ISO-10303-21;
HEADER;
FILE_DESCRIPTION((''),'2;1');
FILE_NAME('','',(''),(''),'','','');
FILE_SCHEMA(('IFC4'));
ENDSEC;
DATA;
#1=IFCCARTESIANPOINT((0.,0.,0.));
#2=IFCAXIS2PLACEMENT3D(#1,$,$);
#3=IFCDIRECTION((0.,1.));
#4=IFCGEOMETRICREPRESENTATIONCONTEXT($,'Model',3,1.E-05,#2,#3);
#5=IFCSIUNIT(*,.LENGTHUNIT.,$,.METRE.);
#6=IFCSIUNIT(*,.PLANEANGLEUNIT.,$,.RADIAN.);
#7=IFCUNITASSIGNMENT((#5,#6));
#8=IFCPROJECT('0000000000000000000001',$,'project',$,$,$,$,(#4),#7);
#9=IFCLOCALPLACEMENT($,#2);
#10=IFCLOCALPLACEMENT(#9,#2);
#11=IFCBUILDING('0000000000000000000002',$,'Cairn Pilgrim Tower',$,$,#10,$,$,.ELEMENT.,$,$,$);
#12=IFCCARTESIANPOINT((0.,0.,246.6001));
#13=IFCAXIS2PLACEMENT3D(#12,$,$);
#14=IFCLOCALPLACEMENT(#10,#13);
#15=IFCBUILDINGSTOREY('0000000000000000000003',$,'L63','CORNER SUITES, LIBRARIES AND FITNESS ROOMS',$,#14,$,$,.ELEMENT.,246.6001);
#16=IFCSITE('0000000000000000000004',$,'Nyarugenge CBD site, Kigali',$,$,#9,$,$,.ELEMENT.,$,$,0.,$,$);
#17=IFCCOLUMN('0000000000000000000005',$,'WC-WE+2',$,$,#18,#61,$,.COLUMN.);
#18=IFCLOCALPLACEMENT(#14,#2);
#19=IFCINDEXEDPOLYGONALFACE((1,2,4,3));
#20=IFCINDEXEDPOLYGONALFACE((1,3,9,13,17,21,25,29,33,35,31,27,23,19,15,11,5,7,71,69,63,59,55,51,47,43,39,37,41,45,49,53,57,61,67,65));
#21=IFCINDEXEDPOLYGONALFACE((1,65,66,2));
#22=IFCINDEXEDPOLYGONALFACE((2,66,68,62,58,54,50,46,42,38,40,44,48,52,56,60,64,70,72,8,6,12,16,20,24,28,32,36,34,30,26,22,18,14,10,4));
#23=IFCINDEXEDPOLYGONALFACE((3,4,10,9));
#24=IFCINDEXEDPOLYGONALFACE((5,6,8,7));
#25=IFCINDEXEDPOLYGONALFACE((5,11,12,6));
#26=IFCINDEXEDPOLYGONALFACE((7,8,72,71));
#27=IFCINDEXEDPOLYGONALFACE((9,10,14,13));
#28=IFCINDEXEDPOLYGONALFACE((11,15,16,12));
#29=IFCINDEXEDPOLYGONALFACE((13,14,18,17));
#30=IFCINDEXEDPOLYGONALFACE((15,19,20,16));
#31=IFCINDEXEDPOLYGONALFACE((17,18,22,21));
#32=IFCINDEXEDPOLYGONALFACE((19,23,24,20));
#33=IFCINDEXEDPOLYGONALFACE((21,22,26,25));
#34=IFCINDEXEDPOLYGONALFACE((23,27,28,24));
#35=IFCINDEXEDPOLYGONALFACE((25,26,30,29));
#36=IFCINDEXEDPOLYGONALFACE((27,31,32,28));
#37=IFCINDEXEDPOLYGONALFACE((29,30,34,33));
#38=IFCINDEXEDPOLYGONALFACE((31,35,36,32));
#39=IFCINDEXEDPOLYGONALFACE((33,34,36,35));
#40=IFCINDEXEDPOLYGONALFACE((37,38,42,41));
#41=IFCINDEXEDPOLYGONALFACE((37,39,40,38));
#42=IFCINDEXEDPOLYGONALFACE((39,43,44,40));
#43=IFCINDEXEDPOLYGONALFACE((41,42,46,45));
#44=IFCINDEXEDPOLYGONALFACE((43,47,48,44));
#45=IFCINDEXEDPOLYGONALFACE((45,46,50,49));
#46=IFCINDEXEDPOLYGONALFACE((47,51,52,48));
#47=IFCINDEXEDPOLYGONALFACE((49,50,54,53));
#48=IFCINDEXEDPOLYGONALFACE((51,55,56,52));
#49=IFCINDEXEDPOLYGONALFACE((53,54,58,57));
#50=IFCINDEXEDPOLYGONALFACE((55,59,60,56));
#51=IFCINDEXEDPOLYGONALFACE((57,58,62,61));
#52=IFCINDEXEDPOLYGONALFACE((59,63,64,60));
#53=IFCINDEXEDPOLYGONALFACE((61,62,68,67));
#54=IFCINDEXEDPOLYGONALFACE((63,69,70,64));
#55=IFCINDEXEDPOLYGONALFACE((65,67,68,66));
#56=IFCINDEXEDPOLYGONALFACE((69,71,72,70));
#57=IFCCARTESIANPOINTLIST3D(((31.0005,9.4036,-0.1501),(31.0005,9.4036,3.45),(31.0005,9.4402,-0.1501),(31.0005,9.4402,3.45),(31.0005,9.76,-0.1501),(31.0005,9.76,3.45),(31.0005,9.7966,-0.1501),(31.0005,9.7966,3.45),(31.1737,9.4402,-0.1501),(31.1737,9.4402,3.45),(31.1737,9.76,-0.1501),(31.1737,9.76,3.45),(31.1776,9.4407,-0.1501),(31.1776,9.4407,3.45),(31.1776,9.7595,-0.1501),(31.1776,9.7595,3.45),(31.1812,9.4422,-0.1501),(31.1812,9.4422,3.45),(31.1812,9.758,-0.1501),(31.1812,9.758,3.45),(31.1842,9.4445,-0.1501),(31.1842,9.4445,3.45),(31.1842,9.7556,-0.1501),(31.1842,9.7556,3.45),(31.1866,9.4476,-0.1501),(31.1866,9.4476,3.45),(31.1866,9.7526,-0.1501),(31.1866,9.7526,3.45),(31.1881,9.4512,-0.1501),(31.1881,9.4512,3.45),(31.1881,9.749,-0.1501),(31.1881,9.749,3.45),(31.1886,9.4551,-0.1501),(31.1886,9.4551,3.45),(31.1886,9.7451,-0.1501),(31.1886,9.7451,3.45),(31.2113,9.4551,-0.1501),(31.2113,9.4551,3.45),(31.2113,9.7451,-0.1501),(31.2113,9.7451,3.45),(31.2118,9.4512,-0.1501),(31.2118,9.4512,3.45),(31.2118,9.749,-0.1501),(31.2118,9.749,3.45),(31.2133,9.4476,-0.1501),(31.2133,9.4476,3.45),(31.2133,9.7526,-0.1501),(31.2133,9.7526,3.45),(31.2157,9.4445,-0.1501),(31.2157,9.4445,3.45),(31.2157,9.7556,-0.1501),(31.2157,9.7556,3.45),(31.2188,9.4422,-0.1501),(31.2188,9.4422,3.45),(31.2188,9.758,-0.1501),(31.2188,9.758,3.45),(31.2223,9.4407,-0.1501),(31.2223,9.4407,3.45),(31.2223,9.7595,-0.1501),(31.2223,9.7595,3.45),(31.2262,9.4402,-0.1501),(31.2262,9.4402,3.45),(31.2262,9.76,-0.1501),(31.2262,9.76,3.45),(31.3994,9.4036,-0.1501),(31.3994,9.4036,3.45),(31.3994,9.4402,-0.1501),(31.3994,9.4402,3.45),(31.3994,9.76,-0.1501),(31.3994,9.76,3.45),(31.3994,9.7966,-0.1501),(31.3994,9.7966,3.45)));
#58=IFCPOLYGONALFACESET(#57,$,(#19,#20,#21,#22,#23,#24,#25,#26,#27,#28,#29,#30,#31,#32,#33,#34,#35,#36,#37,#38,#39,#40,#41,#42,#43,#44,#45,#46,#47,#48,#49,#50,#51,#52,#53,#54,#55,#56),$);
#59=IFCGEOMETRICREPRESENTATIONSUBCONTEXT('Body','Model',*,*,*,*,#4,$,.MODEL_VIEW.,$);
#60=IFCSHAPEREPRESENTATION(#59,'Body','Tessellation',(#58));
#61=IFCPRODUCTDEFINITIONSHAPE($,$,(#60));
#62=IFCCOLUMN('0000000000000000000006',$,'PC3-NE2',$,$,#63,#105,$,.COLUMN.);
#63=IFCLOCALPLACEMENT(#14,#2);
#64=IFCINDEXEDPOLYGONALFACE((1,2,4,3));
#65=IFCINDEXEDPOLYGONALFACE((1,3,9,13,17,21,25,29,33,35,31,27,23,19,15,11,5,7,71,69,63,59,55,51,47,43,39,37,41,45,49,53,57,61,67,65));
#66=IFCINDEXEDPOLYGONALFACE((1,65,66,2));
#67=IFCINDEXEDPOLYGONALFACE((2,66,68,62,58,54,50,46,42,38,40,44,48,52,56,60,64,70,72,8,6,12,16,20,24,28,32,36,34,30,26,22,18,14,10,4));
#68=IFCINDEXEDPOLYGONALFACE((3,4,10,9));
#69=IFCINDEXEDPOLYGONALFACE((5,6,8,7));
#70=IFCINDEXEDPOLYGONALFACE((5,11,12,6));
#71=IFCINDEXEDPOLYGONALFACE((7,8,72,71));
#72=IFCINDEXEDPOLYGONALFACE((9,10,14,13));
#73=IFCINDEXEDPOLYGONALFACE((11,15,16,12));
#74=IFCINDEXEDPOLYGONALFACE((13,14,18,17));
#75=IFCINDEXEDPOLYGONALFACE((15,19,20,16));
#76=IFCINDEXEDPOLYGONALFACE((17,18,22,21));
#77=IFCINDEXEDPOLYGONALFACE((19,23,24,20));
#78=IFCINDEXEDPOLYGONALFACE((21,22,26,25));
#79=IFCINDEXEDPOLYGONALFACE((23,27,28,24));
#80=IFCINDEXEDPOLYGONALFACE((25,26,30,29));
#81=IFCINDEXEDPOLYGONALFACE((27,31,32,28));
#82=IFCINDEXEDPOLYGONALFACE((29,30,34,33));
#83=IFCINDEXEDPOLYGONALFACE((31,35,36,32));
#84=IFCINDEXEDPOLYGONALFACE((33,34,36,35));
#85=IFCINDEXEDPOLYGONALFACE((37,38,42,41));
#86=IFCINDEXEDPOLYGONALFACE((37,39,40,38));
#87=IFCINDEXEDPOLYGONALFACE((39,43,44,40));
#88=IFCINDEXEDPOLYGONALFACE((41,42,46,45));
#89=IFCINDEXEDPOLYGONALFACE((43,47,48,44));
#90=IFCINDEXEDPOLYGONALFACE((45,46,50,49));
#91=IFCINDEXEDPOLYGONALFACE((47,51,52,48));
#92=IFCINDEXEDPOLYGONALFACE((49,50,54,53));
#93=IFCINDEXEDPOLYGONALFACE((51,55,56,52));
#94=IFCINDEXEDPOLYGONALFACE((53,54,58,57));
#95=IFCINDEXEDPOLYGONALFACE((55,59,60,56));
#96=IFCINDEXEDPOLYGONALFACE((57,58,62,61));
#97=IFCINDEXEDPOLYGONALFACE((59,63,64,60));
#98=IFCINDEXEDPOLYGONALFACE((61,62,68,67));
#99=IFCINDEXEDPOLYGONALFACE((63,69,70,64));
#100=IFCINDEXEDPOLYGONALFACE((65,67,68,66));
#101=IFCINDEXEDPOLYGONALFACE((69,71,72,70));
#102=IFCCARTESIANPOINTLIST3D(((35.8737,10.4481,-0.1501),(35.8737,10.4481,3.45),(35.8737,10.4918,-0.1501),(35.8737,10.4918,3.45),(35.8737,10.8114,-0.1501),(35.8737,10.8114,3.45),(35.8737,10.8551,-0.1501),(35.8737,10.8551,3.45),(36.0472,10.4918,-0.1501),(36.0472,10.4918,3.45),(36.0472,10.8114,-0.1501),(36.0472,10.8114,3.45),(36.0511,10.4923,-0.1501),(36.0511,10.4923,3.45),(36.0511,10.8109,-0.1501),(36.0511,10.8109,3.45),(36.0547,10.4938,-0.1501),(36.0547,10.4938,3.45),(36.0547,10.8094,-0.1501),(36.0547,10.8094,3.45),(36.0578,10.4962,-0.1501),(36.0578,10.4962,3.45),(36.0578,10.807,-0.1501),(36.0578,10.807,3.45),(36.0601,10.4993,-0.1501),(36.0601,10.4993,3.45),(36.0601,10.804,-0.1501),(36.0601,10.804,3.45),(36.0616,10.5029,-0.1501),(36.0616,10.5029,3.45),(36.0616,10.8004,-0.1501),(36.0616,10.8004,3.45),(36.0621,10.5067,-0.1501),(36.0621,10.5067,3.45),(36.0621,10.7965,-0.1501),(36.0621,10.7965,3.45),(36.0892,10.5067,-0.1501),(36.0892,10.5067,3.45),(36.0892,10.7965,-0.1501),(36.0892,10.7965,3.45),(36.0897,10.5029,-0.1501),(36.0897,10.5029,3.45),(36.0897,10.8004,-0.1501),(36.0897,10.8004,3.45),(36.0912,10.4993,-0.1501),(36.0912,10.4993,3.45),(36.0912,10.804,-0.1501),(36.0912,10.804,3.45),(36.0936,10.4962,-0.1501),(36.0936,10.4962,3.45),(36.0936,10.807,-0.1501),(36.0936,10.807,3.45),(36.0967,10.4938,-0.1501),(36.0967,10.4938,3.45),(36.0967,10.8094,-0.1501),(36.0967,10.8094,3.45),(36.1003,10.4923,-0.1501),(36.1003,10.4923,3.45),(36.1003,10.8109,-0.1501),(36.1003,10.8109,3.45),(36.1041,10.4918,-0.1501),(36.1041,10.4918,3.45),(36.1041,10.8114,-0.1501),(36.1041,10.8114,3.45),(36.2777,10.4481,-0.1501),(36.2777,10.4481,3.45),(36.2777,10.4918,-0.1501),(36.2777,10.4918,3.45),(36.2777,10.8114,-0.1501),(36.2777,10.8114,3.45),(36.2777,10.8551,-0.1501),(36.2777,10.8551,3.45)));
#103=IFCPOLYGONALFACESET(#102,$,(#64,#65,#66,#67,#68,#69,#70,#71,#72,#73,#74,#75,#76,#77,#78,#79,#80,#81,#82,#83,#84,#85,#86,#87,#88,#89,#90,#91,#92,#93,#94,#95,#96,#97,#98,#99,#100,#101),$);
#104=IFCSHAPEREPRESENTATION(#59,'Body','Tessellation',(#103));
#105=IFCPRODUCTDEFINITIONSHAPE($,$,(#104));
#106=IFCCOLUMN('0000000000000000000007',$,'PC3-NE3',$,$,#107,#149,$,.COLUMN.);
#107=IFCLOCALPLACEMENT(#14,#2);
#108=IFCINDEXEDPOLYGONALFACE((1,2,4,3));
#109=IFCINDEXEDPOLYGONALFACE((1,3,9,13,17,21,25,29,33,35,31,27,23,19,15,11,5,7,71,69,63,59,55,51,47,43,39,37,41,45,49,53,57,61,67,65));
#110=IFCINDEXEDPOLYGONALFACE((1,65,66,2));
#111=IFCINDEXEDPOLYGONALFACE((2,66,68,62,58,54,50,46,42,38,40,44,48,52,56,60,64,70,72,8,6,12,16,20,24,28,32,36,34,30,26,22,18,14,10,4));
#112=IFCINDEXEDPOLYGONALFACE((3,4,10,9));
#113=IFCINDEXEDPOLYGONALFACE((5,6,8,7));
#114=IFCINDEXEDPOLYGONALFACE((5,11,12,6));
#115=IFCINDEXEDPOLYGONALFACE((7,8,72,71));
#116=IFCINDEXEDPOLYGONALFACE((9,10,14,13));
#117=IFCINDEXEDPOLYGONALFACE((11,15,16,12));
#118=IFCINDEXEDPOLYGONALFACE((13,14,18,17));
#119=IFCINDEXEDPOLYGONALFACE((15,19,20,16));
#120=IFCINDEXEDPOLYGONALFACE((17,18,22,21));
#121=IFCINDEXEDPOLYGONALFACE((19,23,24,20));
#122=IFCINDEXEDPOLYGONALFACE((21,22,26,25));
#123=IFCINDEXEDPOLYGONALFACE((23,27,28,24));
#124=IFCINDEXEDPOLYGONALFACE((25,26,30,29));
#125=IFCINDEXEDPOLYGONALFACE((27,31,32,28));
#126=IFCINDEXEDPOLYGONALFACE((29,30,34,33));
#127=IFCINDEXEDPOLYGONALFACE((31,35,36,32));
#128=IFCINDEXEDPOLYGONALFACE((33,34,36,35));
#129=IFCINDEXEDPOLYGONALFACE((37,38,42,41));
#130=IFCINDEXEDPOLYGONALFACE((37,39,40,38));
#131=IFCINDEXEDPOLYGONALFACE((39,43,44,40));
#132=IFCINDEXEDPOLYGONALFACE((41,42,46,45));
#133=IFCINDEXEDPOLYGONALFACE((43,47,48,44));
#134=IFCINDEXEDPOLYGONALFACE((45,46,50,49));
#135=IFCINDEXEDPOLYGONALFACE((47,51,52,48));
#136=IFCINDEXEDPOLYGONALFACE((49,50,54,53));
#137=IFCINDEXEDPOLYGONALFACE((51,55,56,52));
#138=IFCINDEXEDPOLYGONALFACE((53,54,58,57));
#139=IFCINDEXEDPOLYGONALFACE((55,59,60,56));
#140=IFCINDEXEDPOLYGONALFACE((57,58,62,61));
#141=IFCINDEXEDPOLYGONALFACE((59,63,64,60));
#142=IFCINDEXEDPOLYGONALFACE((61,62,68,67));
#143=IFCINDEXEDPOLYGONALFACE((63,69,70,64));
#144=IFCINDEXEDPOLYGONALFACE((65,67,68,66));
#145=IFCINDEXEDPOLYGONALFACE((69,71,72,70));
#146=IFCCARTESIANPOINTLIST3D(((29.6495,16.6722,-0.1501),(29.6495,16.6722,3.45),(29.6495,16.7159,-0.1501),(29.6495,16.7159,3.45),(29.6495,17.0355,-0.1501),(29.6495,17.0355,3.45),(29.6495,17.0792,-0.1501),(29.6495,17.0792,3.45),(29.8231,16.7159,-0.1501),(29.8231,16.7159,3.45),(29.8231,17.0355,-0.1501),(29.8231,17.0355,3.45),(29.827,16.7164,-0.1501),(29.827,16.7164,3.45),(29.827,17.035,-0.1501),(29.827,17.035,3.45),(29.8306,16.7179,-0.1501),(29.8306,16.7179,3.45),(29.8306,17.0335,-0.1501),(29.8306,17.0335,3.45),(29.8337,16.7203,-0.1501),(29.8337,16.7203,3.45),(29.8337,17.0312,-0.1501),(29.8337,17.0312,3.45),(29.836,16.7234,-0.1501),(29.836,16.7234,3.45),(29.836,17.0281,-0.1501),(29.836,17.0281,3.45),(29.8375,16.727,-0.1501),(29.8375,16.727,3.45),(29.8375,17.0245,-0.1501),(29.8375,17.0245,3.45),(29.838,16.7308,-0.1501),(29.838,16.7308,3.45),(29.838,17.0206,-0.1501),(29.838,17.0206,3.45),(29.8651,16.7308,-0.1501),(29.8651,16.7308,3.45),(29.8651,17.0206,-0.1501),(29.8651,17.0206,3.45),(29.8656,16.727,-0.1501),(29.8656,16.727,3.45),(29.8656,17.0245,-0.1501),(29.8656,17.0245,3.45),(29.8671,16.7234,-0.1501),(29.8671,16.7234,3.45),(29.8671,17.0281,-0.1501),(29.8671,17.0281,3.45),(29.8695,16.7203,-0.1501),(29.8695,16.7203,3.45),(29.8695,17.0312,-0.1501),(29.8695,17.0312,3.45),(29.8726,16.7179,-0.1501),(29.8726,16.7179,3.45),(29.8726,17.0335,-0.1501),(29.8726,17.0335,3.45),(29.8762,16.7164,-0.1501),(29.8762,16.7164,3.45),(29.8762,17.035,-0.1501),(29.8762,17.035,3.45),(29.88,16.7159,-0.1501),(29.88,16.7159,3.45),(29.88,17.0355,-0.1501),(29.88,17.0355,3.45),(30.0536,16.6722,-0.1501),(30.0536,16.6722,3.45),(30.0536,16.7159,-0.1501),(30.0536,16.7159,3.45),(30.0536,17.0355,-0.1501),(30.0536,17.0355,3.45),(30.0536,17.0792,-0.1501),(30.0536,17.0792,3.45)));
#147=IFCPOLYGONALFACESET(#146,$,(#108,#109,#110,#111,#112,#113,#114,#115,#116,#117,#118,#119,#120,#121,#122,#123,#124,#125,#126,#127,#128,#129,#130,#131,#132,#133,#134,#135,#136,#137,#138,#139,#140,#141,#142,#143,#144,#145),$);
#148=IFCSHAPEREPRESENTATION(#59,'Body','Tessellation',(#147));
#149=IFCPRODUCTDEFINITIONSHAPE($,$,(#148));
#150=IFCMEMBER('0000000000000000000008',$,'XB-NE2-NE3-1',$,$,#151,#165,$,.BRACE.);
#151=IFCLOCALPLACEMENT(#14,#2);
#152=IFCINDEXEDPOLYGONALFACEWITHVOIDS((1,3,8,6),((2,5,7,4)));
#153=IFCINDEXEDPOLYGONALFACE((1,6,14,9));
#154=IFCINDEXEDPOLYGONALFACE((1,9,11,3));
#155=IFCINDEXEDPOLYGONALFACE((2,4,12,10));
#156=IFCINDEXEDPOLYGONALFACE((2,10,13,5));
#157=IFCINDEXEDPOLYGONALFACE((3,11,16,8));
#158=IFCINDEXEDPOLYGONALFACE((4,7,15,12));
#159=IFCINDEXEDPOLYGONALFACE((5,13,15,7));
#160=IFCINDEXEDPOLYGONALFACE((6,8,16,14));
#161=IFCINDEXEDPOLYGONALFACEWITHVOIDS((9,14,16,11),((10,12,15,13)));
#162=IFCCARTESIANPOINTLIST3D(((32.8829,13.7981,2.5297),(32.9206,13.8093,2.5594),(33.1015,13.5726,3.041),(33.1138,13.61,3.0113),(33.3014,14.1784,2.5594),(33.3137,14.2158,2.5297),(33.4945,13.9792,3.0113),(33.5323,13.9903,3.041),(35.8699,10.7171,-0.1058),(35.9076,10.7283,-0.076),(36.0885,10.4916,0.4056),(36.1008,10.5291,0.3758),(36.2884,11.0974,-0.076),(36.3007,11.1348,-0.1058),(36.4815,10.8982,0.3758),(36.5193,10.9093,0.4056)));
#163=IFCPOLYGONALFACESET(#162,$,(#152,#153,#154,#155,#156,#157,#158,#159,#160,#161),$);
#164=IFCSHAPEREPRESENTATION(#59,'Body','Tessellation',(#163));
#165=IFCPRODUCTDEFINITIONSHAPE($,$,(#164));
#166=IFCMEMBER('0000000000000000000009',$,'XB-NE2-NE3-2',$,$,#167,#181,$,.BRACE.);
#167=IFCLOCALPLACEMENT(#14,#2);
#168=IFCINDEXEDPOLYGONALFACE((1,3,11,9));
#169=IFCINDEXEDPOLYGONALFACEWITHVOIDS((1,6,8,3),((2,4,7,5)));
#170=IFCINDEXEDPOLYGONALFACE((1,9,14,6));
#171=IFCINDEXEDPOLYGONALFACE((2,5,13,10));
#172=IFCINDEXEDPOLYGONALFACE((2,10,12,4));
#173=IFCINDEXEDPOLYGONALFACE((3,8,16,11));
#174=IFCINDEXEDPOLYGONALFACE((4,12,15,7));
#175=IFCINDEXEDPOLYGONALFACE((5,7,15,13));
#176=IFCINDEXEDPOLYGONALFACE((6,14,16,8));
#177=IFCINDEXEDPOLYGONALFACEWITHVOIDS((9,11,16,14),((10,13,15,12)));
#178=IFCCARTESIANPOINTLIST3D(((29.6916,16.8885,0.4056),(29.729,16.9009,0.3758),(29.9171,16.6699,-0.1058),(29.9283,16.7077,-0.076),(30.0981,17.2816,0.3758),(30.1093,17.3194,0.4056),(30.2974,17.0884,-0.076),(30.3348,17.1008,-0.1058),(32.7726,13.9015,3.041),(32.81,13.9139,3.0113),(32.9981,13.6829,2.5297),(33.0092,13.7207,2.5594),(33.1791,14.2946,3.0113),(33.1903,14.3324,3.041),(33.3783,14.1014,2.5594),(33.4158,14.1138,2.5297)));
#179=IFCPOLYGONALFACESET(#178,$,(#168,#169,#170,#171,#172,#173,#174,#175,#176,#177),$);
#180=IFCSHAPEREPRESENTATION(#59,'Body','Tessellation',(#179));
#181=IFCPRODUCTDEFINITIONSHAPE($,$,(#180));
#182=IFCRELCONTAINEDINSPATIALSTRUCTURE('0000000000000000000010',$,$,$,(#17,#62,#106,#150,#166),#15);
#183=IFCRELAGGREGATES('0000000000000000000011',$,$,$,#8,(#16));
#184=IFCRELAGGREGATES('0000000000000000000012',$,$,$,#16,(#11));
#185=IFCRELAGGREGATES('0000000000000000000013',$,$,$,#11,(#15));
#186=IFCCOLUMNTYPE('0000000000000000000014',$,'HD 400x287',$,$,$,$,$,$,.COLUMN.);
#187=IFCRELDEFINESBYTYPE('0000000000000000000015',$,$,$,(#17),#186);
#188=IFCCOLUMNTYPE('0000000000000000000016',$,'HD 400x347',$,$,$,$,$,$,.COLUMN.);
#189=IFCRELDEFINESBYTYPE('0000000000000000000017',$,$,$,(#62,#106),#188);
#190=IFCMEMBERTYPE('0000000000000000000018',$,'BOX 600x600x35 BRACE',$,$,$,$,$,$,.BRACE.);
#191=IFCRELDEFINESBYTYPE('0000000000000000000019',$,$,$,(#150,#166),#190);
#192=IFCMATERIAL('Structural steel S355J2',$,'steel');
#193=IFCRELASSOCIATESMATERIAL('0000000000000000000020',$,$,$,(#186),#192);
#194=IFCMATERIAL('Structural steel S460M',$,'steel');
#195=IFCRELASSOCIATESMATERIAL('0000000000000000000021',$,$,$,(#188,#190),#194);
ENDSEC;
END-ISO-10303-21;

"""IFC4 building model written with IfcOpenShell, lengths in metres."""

from ifc_helpers import new_model, si_unit, direction, frame, origin, origin_2d, place, context, subcontext, project, spatial, hollow_rectangle, i_section, extrude, material, material_profile, profile_set, type_object, element, save


model = new_model("IFC4")

# Units and contexts
model_context = context("Model", 3, precision=1e-05, world=origin(), true_north=direction((0.0, 1.0)))
body_context = subcontext(model_context, "Body", "Model", "MODEL_VIEW")
ifc_project = project(units=[si_unit("LENGTHUNIT", "METRE"), si_unit("PLANEANGLEUNIT", "RADIAN")], contexts=[model_context])

# Site, building, storey
site_placement = place(None, origin())
site = spatial("IfcSite", under=ifc_project, at=site_placement, Name="Nyarugenge CBD site, Kigali", CompositionType="ELEMENT", RefElevation=0.0)
building_placement = place(site_placement, origin())
building = spatial("IfcBuilding", under=site, at=building_placement, Name="Cairn Pilgrim Tower", CompositionType="ELEMENT")
storey_placement = place(building_placement, frame((0.0, 0.0, 246.6001)))
storey = spatial("IfcBuildingStorey", under=building, at=storey_placement, Name="L63", Description="CORNER SUITES, LIBRARIES AND FITNESS ROOMS", CompositionType="ELEMENT", Elevation=246.6001)

# Columns
ifc_material_1 = material(Name="Structural steel S355J2", Category="steel")
ifc_material_profile_1 = material_profile(ifc_material_1, i_section(OverallWidth=0.3989, OverallDepth=0.3931, WebThickness=0.0227, FlangeThickness=0.0366, FilletRadius=0.0149, at=origin_2d()), Name="HD 400x287")
ifc_profile_set_1 = profile_set([ifc_material_profile_1], Name="Structural steel S355J2")
column_type_1 = type_object("IfcColumnType", Name="HD 400x287", PredefinedType="COLUMN", material=ifc_profile_set_1)
column_placement = place(storey_placement, frame((31.2, 9.6001, -0.1501), z_axis=(0.0, 0.0, 1.0), x_axis=(1.0, 0.0, 0.0)))
element("IfcColumn", 1, at=column_placement, inside=storey, type_object=column_type_1, Name="WC-WE+2", PredefinedType="COLUMN", context=body_context, shape_type="SweptSolid", body=[
    extrude(i_section(OverallWidth=0.3989, OverallDepth=0.3931, WebThickness=0.0227, FlangeThickness=0.0366, FilletRadius=0.0149, at=origin_2d()), origin(), (0.0, 0.0, 1.0), 3.6001),
])
ifc_material_2 = material(Name="Structural steel S460M", Category="steel")
ifc_material_profile_2 = material_profile(ifc_material_2, i_section(OverallWidth=0.4041, OverallDepth=0.407, WebThickness=0.0271, FlangeThickness=0.0437, FilletRadius=0.0149, at=origin_2d()), Name="HD 400x347")
ifc_profile_set_2 = profile_set([ifc_material_profile_2], Name="Structural steel S460M")
column_type_2 = type_object("IfcColumnType", Name="HD 400x347", PredefinedType="COLUMN", material=ifc_profile_set_2)
for number, where, z_axis, x_axis, name in (
    (2, (36.0757, 10.6516, -0.1501), (0.0, 0.0, 1.0), (1.0, 0.0, 0.0), "PC3-NE2"),
    (3, (29.8516, 16.8757, -0.1501), (0.0, 0.0, 1.0), (1.0, 0.0, 0.0), "PC3-NE3"),
):
    element("IfcColumn", number, at=place(storey_placement, frame(where, z_axis=z_axis, x_axis=x_axis)), inside=storey, type_object=column_type_2, Name=name, PredefinedType="COLUMN", context=body_context, shape_type="SweptSolid", body=[
        extrude(i_section(OverallWidth=0.4041, OverallDepth=0.407, WebThickness=0.0271, FlangeThickness=0.0437, FilletRadius=0.0149, at=origin_2d()), origin(), (0.0, 0.0, 1.0), 3.6001),
    ])

# Members
ifc_material_profile_3 = material_profile(ifc_material_2, hollow_rectangle(XDim=0.6001, YDim=0.6001, WallThickness=0.0349, at=origin_2d()), Name="BOX 600x600x35")
ifc_profile_set_3 = profile_set([ifc_material_profile_3], Name="Structural steel S460M")
member_type_1 = type_object("IfcMemberType", Name="BOX 600x600x35 BRACE", PredefinedType="BRACE", material=ifc_profile_set_3)
for number, where, z_axis, x_axis, name in (
    (4, (36.1946, 10.8132, 0.1499), (-0.593142, 0.611806, 0.523332), (-0.717974, -0.69607, 0.0), "XB-NE2-NE3-1"),
    (5, (30.0132, 16.9946, 0.1499), (0.611806, -0.593142, 0.523332), (0.69607, 0.717974, 0.0), "XB-NE2-NE3-2"),
):
    element("IfcMember", number, at=place(storey_placement, frame(where, z_axis=z_axis, x_axis=x_axis)), inside=storey, type_object=member_type_1, Name=name, PredefinedType="BRACE", context=body_context, shape_type="SweptSolid", body=[
        extrude(hollow_rectangle(XDim=0.6001, YDim=0.6001, WallThickness=0.0349, at=origin_2d()), origin(), (0.0, 0.0, 1.0), 5.0359),
    ])

save(model, "model.ifc")
